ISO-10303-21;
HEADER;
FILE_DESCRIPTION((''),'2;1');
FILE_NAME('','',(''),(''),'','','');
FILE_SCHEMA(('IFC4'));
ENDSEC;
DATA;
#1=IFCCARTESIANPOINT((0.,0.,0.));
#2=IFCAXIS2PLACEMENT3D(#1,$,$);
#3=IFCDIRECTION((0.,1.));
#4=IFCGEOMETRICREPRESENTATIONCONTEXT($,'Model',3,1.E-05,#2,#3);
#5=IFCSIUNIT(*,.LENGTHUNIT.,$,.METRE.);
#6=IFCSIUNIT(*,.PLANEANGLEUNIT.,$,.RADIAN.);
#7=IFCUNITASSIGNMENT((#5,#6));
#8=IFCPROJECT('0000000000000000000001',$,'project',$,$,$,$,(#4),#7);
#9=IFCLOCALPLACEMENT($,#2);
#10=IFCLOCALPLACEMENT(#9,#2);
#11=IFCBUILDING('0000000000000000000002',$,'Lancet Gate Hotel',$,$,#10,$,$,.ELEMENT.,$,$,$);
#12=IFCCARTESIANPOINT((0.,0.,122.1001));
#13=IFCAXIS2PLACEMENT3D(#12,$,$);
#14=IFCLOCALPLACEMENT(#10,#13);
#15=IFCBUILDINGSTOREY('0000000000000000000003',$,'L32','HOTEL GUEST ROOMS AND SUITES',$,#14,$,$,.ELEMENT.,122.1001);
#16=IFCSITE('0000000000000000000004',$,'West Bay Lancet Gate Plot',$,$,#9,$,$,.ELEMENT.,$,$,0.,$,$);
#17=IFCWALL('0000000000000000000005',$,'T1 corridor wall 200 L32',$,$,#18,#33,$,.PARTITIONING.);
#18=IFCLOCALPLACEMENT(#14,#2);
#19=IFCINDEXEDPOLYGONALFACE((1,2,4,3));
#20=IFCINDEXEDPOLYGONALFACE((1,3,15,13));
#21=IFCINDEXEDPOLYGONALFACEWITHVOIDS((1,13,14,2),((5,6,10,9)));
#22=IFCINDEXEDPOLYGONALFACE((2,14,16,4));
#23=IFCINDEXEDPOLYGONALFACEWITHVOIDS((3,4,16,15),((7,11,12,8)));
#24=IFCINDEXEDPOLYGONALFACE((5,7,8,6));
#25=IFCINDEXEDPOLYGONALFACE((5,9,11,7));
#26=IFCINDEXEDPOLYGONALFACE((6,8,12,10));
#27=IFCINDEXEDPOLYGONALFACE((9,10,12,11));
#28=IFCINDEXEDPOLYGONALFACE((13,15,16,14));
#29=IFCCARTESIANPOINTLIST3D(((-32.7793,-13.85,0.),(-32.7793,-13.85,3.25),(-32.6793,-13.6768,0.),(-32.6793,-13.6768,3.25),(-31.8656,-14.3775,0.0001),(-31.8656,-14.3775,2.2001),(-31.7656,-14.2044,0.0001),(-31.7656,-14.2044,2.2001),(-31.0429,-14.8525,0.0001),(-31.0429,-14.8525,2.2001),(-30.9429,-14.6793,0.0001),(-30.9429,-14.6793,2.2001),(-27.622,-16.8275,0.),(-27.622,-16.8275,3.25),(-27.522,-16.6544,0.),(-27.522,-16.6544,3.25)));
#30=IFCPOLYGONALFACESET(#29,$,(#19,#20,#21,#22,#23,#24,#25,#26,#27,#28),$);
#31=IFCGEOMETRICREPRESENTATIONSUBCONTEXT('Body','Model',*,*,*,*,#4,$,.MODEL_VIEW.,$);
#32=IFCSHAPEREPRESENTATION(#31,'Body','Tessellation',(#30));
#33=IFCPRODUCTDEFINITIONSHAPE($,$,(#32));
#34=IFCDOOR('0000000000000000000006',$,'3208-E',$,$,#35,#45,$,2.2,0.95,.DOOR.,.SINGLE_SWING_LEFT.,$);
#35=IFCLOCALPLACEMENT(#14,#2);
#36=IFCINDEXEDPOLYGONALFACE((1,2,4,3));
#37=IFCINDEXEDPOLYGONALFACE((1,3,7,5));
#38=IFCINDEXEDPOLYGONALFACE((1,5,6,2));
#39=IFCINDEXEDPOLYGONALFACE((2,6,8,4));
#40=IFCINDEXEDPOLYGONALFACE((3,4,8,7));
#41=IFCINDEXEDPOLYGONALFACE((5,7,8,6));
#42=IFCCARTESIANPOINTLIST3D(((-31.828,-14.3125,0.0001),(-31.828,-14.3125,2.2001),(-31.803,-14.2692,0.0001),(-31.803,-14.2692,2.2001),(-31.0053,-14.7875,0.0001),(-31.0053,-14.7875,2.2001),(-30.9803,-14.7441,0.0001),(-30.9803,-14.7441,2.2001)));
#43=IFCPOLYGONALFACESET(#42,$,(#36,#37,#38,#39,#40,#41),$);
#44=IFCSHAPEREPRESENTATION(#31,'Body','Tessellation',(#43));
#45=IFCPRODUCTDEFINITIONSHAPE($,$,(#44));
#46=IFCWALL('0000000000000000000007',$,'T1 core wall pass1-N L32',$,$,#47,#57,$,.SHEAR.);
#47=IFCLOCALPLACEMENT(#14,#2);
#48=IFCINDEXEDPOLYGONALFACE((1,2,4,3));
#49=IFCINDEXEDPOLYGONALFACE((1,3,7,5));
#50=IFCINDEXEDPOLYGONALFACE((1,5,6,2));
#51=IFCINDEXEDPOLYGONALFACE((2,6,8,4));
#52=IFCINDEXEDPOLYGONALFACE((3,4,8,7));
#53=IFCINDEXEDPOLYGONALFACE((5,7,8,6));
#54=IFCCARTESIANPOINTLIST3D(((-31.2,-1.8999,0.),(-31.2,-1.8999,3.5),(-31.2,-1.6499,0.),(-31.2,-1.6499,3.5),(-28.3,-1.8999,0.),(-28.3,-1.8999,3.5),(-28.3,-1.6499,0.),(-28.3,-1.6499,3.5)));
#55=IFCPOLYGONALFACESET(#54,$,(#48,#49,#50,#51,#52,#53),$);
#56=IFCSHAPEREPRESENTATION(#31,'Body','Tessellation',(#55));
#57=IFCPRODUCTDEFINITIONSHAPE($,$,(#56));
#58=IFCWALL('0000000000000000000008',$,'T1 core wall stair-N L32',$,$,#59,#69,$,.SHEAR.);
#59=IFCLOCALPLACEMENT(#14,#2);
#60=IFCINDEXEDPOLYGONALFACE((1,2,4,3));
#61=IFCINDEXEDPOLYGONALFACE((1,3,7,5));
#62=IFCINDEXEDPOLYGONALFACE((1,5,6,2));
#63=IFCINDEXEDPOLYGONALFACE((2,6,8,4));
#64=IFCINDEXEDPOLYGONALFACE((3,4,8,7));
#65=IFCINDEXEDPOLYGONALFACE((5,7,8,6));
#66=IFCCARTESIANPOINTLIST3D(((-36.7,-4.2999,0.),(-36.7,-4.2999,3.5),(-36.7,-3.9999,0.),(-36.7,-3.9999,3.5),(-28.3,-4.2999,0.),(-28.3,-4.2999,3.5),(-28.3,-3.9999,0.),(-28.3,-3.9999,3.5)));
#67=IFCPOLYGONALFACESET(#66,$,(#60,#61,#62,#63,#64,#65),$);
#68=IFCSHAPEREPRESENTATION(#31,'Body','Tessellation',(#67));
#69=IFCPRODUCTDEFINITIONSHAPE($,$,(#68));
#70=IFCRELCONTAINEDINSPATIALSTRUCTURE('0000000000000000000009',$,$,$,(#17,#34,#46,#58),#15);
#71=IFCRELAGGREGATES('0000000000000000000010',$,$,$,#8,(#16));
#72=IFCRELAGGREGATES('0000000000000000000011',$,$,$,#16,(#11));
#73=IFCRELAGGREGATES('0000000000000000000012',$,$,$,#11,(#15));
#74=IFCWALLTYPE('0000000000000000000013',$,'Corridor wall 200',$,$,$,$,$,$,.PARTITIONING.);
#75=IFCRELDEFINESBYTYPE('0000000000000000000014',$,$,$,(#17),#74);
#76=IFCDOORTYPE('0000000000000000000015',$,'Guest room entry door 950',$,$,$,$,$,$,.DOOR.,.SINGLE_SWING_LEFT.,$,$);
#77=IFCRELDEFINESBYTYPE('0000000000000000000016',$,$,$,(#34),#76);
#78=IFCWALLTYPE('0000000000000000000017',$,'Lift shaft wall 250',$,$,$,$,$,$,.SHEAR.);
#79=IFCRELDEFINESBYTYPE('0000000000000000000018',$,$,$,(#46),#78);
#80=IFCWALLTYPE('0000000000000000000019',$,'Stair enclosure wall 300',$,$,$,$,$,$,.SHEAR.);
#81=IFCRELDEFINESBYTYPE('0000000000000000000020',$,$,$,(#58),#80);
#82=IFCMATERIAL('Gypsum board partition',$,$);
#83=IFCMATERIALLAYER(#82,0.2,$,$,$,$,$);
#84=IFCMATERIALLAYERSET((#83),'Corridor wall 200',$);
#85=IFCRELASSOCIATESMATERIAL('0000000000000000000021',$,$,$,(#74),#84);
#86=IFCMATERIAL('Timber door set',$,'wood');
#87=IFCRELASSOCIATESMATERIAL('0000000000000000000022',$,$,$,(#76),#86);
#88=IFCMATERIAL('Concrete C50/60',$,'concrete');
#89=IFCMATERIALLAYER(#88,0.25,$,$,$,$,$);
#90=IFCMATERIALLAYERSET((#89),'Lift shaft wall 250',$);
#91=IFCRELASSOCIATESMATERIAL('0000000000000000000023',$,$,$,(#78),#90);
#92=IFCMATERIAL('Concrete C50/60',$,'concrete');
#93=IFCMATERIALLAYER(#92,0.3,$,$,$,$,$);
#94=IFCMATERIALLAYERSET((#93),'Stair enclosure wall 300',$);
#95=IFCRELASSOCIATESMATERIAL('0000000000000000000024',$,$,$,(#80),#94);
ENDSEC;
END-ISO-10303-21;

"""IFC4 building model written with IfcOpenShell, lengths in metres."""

from ifc_helpers import new_model, si_unit, direction, frame, frame_2d, origin, place, context, subcontext, project, spatial, rectangle, extrude, material, layer, layer_set, type_object, element, fill, save


model = new_model("IFC4")

# Units and contexts
model_context = context("Model", 3, precision=1e-05, world=origin(), true_north=direction((0.0, 1.0)))
body_context = subcontext(model_context, "Body", "Model", "MODEL_VIEW")
ifc_project = project(units=[si_unit("LENGTHUNIT", "METRE"), si_unit("PLANEANGLEUNIT", "RADIAN")], contexts=[model_context])

# Site, building, storey
site_placement = place(None, origin())
site = spatial("IfcSite", under=ifc_project, at=site_placement, Name="West Bay Lancet Gate Plot", CompositionType="ELEMENT", RefElevation=0.0)
building_placement = place(site_placement, origin())
building = spatial("IfcBuilding", under=site, at=building_placement, Name="Lancet Gate Hotel", CompositionType="ELEMENT")
storey_placement = place(building_placement, frame((0.0, 0.0, 122.1001)))
storey = spatial("IfcBuildingStorey", under=building, at=storey_placement, Name="L32", Description="HOTEL GUEST ROOMS AND SUITES", CompositionType="ELEMENT", Elevation=122.1001)

# Wall, opening, door
ifc_material_1 = material(Name="Gypsum board partition")
ifc_layer_1 = layer(ifc_material_1, 0.2)
ifc_layer_set_1 = layer_set([ifc_layer_1], Name="Corridor wall 200")
wall_type_1 = type_object("IfcWallType", Name="Corridor wall 200", PredefinedType="PARTITIONING", material=ifc_layer_set_1)
wall_1_placement = place(storey_placement, frame((-27.572, -16.741, 0.0), z_axis=(0.0, 0.0, 1.0), x_axis=(-0.866024, 0.500002, 0.0)))
wall_1 = element("IfcWall", 1, at=wall_1_placement, inside=storey, type_object=wall_type_1, Name="T1 corridor wall 200 L32", PredefinedType="PARTITIONING", context=body_context, shape_type="SweptSolid", body=[
    extrude(rectangle(XDim=5.9551, YDim=0.2, at=frame_2d((2.9775, 0.0))), origin(), (0.0, 0.0, 1.0), 3.25),
])
opening_1_placement = place(wall_1_placement, frame((3.95, 0.0, 0.0)))
opening_1 = element("IfcOpeningElement", 2, at=opening_1_placement, cuts=wall_1, PredefinedType="OPENING", context=body_context, shape_type="SweptSolid", body=[
    extrude(rectangle(XDim=0.95, YDim=2.2, at=frame_2d((0.4751, 1.1001))), frame((0.0, 0.1099, 0.0), z_axis=(0.0, -1.0, 0.0), x_axis=(1.0, 0.0, 0.0)), (0.0, 0.0, 1.0), 0.22),
])
ifc_material_2 = material(Name="Timber door set", Category="wood")
door_type_1 = type_object("IfcDoorType", Name="Guest room entry door 950", OperationType="SINGLE_SWING_LEFT", PredefinedType="DOOR", material=ifc_material_2)
door_1_placement = place(opening_1_placement, origin())
door_1 = element("IfcDoor", 3, at=door_1_placement, inside=storey, type_object=door_type_1, Name="3208-E", OperationType="SINGLE_SWING_LEFT", OverallHeight=2.2, OverallWidth=0.95, PredefinedType="DOOR", context=body_context, shape_type="SweptSolid", body=[
    extrude(rectangle(XDim=0.95, YDim=2.2, at=frame_2d((0.4751, 1.1001))), frame((0.0, 0.0249, 0.0), z_axis=(0.0, -1.0, 0.0), x_axis=(1.0, 0.0, 0.0)), (0.0, 0.0, 1.0), 0.05),
])
fill(opening_1, door_1)

# Walls
ifc_material_3 = material(Name="Concrete C50/60", Category="concrete")
ifc_layer_2 = layer(ifc_material_3, 0.25)
ifc_layer_set_2 = layer_set([ifc_layer_2], Name="Lift shaft wall 250")
wall_type_2 = type_object("IfcWallType", Name="Lift shaft wall 250", PredefinedType="SHEAR", material=ifc_layer_set_2)
wall_2_placement = place(storey_placement, frame((-28.3, -1.7749, 0.0), z_axis=(0.0, 0.0, 1.0), x_axis=(-1.0, 0.0, 0.0)))
element("IfcWall", 4, at=wall_2_placement, inside=storey, type_object=wall_type_2, Name="T1 core wall pass1-N L32", PredefinedType="SHEAR", context=body_context, shape_type="SweptSolid", body=[
    extrude(rectangle(XDim=2.8999, YDim=0.25, at=frame_2d((1.45, 0.0))), origin(), (0.0, 0.0, 1.0), 3.5),
])
ifc_material_4 = material(Name="Concrete C50/60", Category="concrete")
ifc_layer_3 = layer(ifc_material_4, 0.3)
ifc_layer_set_3 = layer_set([ifc_layer_3], Name="Stair enclosure wall 300")
wall_type_3 = type_object("IfcWallType", Name="Stair enclosure wall 300", PredefinedType="SHEAR", material=ifc_layer_set_3)
wall_3_placement = place(storey_placement, frame((-28.3, -4.1499, 0.0), z_axis=(0.0, 0.0, 1.0), x_axis=(-1.0, 0.0, 0.0)))
element("IfcWall", 5, at=wall_3_placement, inside=storey, type_object=wall_type_3, Name="T1 core wall stair-N L32", PredefinedType="SHEAR", context=body_context, shape_type="SweptSolid", body=[
    extrude(rectangle(XDim=8.3999, YDim=0.3, at=frame_2d((4.2, 0.0))), origin(), (0.0, 0.0, 1.0), 3.5),
])

save(model, "model.ifc")
